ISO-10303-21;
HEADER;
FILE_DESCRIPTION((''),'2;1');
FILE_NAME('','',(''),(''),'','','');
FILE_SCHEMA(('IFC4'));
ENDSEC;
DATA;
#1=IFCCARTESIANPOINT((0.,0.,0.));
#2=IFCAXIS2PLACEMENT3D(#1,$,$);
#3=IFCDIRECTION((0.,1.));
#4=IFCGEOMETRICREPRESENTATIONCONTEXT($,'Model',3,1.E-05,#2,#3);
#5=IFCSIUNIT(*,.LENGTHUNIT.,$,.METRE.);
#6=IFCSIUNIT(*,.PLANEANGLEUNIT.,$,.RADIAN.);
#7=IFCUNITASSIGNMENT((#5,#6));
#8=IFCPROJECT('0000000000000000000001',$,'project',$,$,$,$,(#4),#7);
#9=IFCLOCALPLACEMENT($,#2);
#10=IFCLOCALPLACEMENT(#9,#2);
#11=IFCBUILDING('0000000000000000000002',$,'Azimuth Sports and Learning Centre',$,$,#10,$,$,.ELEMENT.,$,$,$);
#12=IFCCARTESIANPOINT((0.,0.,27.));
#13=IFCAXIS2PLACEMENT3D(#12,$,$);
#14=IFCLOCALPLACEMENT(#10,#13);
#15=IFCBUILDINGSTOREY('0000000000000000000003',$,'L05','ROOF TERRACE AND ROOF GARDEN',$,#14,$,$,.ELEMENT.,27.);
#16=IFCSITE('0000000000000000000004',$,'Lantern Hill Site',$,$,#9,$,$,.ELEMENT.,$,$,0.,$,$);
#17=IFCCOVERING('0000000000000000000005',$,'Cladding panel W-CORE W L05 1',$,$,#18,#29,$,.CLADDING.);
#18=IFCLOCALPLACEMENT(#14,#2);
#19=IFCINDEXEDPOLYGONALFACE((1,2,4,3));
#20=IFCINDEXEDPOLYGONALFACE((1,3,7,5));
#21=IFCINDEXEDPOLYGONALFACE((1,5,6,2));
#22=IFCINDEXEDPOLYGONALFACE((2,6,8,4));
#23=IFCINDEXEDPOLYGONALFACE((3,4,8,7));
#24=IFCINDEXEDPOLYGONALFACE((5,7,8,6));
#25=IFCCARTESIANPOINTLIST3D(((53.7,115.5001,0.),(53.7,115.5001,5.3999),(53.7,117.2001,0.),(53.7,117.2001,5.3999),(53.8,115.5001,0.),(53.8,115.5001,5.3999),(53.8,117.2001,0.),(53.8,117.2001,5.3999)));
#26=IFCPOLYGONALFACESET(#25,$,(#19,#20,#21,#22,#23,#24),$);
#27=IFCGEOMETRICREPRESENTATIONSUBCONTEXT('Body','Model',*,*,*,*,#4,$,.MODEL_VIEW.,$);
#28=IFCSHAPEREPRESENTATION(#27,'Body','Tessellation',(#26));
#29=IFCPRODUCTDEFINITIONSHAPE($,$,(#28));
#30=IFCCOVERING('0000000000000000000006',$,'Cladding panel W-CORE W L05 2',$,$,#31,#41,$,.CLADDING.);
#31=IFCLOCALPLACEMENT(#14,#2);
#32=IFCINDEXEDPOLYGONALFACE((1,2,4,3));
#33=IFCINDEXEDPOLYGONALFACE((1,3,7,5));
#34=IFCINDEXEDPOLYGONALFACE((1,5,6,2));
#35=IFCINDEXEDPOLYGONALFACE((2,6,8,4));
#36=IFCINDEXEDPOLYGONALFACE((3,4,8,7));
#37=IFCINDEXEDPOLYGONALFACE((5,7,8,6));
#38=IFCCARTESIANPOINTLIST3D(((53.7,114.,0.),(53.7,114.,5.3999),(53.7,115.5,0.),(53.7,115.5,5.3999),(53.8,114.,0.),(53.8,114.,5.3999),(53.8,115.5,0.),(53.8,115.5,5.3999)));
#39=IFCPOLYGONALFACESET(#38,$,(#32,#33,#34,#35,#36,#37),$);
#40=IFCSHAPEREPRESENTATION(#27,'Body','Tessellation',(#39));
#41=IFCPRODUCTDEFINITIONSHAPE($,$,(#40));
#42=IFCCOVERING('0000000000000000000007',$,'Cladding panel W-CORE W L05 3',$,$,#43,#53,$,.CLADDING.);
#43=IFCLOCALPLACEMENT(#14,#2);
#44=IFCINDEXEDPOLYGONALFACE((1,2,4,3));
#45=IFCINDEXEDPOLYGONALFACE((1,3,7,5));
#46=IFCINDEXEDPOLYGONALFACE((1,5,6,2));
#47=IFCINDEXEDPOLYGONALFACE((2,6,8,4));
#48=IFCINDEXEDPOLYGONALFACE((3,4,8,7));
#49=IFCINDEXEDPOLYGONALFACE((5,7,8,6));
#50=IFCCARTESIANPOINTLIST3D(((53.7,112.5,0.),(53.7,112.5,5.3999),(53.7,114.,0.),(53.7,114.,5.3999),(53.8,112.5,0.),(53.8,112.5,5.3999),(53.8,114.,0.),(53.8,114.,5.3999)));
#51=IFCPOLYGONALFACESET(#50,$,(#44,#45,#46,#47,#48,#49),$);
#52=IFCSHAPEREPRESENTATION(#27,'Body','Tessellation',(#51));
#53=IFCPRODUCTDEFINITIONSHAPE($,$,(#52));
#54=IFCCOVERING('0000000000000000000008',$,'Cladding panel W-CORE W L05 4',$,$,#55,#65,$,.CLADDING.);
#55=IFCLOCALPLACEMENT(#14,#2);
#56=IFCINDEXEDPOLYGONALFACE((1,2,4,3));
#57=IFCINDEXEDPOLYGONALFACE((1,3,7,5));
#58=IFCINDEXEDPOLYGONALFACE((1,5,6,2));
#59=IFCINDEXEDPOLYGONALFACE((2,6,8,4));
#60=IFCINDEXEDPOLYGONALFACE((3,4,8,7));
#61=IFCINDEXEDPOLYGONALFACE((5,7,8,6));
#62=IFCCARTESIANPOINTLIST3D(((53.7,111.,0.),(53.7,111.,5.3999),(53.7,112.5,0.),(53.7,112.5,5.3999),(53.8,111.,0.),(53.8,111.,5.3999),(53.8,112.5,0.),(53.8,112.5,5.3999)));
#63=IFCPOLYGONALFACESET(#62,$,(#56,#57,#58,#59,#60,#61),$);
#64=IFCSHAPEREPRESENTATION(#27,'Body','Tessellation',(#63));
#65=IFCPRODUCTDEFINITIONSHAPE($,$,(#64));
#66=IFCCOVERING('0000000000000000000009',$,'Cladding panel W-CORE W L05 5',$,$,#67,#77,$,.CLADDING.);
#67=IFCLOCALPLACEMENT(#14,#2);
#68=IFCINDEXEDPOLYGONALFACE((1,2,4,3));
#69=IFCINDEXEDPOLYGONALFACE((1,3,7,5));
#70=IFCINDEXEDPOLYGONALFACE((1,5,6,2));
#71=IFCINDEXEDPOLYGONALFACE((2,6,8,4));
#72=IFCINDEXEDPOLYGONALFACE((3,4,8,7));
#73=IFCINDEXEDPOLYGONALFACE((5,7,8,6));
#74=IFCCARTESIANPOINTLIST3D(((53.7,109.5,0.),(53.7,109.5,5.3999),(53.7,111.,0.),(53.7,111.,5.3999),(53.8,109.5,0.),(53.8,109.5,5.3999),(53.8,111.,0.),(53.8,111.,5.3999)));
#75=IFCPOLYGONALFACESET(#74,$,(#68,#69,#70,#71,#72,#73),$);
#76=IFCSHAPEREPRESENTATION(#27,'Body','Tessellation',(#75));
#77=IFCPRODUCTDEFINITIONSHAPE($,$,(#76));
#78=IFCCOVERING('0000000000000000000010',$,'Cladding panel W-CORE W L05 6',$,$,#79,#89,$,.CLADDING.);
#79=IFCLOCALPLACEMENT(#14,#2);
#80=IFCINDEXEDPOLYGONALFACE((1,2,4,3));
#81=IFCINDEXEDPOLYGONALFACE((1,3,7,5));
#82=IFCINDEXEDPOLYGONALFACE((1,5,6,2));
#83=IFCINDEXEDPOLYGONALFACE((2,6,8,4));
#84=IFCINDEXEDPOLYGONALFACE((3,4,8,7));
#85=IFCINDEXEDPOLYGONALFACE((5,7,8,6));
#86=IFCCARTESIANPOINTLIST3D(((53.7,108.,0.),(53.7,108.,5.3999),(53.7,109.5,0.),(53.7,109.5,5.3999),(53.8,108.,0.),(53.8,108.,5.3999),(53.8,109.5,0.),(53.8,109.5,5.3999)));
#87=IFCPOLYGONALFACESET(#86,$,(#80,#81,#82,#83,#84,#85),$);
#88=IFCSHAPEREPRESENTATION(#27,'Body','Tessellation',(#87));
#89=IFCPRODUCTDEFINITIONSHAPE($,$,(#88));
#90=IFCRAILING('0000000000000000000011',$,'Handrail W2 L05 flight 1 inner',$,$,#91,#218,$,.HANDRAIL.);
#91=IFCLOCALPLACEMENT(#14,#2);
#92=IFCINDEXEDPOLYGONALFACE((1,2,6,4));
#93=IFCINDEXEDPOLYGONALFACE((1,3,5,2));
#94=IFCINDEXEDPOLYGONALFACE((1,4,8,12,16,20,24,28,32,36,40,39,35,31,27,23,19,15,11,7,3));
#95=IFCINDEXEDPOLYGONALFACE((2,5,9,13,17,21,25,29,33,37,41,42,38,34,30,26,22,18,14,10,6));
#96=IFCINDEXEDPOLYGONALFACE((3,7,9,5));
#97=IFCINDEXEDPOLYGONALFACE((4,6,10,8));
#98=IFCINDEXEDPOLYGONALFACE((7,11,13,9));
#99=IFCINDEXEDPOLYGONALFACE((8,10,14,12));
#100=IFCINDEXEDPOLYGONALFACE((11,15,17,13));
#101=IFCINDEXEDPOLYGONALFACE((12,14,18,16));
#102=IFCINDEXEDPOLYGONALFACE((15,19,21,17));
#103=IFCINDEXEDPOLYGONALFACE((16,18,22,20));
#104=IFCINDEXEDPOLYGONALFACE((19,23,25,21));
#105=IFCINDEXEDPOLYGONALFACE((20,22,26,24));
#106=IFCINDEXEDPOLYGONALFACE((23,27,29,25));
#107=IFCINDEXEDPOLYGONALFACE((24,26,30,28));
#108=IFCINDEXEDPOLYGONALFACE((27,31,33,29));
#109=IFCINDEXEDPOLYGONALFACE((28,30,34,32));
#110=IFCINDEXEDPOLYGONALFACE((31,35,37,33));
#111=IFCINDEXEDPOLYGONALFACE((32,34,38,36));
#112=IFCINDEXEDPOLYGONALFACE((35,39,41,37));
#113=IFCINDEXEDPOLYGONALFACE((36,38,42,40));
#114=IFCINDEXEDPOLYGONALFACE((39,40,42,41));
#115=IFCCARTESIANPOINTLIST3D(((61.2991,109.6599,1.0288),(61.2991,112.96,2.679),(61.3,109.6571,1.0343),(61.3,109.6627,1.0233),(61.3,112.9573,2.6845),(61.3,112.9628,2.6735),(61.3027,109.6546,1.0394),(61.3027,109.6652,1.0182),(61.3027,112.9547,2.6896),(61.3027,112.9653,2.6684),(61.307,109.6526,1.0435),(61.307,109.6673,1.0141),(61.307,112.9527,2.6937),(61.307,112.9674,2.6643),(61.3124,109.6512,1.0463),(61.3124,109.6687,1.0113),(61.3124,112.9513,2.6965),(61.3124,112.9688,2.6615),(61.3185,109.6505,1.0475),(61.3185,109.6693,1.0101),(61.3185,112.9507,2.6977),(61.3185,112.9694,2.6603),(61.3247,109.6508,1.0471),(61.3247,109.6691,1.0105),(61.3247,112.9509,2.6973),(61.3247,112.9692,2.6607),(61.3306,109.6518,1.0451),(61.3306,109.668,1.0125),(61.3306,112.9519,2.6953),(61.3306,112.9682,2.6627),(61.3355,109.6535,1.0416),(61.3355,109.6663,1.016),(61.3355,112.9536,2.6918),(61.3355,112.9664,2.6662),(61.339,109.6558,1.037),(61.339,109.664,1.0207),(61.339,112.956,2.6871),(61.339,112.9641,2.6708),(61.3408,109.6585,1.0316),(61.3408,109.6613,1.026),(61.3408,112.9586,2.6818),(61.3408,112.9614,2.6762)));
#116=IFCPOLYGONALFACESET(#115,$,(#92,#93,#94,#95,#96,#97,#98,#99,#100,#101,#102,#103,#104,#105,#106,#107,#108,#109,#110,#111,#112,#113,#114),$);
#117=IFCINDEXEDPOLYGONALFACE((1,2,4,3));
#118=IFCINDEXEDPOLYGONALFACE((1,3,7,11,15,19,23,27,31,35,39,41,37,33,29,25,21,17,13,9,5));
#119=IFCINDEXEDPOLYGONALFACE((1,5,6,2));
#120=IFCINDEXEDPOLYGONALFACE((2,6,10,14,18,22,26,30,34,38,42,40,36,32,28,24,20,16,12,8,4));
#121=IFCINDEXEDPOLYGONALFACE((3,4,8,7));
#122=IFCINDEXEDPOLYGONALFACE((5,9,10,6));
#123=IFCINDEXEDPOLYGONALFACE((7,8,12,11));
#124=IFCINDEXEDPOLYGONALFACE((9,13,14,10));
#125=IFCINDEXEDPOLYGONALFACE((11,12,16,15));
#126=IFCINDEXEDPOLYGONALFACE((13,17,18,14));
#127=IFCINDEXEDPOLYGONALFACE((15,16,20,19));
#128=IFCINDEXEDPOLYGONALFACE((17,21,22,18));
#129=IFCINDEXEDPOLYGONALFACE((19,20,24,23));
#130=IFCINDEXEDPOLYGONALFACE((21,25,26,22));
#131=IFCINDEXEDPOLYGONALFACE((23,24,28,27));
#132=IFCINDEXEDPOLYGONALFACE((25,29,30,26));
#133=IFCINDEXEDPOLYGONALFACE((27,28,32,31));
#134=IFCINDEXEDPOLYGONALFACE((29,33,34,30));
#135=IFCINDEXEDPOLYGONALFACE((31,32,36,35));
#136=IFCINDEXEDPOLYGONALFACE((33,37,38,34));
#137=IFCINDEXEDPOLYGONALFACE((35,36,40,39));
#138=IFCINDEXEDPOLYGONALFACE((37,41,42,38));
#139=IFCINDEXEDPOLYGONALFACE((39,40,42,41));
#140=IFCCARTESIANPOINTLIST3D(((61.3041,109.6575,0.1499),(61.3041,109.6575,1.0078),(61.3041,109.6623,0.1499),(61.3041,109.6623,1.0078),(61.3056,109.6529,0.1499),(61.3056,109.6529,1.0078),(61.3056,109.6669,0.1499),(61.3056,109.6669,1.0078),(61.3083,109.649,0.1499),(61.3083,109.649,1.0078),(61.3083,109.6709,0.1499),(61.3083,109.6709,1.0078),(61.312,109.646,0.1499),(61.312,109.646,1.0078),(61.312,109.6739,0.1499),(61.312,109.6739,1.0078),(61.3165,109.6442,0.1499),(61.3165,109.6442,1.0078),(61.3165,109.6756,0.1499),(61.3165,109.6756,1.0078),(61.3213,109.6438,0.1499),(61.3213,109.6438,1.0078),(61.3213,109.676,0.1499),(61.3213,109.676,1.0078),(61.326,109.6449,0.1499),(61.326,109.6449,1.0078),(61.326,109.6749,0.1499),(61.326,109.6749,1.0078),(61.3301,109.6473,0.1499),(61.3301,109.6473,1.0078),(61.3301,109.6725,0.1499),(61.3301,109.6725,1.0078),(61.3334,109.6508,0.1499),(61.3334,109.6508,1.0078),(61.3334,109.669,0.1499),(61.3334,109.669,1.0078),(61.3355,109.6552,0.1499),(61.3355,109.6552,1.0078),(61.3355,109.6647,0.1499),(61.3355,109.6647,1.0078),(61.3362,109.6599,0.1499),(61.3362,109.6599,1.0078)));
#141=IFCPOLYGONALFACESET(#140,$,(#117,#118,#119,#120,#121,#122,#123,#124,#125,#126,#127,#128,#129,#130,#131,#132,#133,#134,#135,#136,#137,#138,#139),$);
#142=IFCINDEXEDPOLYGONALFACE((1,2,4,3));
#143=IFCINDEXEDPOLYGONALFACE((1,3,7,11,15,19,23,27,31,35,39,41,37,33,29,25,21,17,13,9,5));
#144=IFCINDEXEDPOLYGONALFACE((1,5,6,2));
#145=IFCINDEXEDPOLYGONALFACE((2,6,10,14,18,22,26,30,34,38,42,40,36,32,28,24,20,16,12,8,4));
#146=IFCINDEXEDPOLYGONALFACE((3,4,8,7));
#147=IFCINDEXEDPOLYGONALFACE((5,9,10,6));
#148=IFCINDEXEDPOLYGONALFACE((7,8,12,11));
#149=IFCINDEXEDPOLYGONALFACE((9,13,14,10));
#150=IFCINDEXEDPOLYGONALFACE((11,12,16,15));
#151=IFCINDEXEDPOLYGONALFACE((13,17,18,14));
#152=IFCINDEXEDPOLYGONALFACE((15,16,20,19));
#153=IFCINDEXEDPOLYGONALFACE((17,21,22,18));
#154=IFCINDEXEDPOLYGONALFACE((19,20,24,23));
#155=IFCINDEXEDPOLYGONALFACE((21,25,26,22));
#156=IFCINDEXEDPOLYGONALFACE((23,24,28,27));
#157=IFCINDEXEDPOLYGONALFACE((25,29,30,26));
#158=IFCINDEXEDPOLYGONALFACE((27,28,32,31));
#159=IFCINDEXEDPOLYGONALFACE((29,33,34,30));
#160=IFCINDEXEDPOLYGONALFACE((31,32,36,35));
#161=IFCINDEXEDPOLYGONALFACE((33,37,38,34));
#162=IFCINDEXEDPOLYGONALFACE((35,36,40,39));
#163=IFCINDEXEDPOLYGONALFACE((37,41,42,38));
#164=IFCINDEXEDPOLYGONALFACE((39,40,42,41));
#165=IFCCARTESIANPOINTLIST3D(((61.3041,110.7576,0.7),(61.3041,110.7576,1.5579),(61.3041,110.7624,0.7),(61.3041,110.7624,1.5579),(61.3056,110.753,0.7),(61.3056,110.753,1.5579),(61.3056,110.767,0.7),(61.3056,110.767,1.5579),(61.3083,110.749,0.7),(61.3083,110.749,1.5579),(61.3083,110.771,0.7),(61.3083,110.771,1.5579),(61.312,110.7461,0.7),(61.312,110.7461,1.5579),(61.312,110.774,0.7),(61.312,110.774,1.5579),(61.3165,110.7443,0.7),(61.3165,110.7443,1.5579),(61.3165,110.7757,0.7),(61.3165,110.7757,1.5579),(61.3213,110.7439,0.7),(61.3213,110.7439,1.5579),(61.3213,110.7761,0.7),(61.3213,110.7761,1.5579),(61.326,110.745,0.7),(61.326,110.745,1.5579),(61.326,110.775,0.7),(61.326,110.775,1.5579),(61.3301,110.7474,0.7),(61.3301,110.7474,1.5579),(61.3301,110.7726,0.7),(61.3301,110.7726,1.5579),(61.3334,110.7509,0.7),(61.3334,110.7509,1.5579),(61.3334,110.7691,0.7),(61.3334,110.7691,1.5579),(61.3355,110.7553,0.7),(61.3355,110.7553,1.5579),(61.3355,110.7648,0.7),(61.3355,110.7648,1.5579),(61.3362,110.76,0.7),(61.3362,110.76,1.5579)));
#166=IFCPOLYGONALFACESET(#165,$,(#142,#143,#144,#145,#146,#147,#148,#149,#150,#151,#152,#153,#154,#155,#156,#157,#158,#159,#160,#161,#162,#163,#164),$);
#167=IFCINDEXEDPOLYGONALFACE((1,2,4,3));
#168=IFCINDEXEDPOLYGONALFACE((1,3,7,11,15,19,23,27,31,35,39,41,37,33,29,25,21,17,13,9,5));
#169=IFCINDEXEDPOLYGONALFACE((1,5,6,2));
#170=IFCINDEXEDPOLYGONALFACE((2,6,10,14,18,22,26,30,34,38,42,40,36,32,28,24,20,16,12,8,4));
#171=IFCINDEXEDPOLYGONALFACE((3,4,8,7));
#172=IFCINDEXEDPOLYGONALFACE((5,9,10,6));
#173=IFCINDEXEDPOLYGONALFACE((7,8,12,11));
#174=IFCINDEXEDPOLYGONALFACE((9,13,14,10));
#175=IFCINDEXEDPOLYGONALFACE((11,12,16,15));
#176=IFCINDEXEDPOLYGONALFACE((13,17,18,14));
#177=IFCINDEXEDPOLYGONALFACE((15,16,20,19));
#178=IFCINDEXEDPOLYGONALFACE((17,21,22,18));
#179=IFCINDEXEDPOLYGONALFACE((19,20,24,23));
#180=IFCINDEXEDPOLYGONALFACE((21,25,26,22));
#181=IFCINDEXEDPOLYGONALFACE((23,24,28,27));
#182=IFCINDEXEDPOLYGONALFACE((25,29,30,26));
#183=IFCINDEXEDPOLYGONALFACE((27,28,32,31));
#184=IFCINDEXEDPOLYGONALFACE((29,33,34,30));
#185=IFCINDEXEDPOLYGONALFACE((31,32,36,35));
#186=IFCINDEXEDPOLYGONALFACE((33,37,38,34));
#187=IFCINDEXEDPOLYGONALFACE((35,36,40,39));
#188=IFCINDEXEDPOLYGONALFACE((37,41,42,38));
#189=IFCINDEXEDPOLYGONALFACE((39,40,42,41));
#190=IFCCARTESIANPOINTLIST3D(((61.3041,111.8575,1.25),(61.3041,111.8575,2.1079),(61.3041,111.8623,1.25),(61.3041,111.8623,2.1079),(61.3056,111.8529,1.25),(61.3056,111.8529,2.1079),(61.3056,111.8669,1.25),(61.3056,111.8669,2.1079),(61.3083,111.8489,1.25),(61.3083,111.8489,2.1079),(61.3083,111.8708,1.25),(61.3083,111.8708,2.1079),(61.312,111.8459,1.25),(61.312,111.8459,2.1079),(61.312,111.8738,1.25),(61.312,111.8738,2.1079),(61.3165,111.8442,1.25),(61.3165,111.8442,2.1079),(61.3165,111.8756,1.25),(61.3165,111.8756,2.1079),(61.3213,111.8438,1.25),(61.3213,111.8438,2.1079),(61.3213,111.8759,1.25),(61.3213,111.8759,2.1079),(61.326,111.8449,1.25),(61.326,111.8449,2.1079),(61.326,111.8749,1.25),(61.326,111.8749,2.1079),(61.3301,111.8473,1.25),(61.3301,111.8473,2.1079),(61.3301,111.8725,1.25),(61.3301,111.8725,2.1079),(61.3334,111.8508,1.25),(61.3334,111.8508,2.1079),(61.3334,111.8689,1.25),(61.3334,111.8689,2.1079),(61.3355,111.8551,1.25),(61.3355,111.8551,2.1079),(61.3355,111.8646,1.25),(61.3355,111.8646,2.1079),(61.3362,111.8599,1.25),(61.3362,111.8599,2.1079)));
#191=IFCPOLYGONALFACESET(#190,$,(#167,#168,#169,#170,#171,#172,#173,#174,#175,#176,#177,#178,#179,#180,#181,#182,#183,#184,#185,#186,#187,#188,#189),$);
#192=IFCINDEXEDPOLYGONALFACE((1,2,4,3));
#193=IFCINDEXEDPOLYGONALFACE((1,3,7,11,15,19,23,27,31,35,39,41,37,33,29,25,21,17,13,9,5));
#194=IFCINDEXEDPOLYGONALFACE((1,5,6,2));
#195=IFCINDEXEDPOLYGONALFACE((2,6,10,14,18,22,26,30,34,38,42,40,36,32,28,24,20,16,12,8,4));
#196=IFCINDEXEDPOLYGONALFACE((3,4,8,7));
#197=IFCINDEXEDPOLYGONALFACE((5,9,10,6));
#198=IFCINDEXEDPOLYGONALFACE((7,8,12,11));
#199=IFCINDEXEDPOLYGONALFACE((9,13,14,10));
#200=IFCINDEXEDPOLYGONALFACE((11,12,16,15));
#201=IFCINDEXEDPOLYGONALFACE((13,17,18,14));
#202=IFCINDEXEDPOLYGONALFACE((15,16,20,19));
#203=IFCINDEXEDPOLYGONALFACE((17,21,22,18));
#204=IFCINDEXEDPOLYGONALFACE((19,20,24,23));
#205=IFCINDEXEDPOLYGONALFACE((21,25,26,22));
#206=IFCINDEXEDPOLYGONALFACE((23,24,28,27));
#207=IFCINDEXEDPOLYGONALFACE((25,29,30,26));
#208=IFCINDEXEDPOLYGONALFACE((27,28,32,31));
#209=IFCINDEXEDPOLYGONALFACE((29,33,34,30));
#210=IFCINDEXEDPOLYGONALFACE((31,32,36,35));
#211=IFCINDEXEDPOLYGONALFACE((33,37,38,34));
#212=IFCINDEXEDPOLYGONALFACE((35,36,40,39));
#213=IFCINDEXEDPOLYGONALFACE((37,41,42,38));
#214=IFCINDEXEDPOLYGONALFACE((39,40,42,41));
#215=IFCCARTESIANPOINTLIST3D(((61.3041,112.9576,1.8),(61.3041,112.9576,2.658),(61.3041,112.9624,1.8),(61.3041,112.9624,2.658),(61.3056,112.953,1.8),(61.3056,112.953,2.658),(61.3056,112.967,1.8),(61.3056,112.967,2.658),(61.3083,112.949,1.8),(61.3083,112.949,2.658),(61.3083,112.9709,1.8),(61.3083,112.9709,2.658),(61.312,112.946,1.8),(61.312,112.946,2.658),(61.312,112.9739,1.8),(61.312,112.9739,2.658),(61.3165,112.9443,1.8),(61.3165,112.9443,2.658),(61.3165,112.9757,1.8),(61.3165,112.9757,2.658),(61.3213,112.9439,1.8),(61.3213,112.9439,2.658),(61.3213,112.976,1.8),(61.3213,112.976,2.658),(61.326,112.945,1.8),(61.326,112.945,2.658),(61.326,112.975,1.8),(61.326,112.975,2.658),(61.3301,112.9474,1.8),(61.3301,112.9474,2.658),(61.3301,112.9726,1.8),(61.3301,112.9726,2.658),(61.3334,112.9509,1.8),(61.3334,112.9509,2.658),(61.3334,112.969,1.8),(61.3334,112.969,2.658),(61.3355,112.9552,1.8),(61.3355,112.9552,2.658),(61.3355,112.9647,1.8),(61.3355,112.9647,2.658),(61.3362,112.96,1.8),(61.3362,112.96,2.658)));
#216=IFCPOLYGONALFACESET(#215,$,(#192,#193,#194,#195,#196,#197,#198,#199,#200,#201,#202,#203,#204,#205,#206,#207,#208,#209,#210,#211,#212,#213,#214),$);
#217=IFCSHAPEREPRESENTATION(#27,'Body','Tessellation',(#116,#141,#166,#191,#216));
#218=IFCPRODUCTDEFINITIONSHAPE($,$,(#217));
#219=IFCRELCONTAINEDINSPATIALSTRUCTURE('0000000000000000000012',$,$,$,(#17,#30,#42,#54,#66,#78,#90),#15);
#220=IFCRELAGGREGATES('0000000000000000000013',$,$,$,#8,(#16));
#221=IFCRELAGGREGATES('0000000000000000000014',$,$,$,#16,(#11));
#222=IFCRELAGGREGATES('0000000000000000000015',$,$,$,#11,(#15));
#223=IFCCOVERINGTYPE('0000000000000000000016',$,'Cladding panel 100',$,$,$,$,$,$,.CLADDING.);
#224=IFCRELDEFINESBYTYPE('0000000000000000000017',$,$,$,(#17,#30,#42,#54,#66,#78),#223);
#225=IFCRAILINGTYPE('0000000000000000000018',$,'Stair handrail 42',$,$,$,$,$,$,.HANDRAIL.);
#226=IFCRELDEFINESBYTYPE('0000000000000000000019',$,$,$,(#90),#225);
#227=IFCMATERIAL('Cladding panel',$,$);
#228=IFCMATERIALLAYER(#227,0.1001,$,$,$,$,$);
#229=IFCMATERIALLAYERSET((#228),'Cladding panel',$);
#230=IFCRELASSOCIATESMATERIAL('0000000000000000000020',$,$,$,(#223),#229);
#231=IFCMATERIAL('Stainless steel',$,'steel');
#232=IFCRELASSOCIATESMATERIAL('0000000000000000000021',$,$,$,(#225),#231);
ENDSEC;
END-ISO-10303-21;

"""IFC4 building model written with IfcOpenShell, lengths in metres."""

from ifc_helpers import new_model, si_unit, direction, frame, origin, origin_2d, place, context, subcontext, project, spatial, rectangle, circle, extrude, material, layer, layer_set, type_object, element, save


model = new_model("IFC4")

# Units and contexts
model_context = context("Model", 3, precision=1e-05, world=origin(), true_north=direction((0.0, 1.0)))
body_context = subcontext(model_context, "Body", "Model", "MODEL_VIEW")
ifc_project = project(units=[si_unit("LENGTHUNIT", "METRE"), si_unit("PLANEANGLEUNIT", "RADIAN")], contexts=[model_context])

# Site, building, storey
site_placement = place(None, origin())
site = spatial("IfcSite", under=ifc_project, at=site_placement, Name="Lantern Hill Site", CompositionType="ELEMENT", RefElevation=0.0)
building_placement = place(site_placement, origin())
building = spatial("IfcBuilding", under=site, at=building_placement, Name="Azimuth Sports and Learning Centre", CompositionType="ELEMENT")
storey_placement = place(building_placement, frame((0.0, 0.0, 27.0)))
storey = spatial("IfcBuildingStorey", under=building, at=storey_placement, Name="L05", Description="ROOF TERRACE AND ROOF GARDEN", CompositionType="ELEMENT", Elevation=27.0)

# Coverings
ifc_material_1 = material(Name="Cladding panel")
ifc_layer_1 = layer(ifc_material_1, 0.1001)
ifc_layer_set_1 = layer_set([ifc_layer_1], Name="Cladding panel")
covering_type = type_object("IfcCoveringType", Name="Cladding panel 100", PredefinedType="CLADDING", material=ifc_layer_set_1)
for number, where, z_axis, x_axis, name in (
    (1, (53.75, 116.3501, 0.0), (0.0, 0.0, 1.0), (0.0, -1.0, 0.0), "Cladding panel W-CORE W L05 1"),
):
    element("IfcCovering", number, at=place(storey_placement, frame(where, z_axis=z_axis, x_axis=x_axis)), inside=storey, type_object=covering_type, Name=name, PredefinedType="CLADDING", context=body_context, shape_type="SweptSolid", body=[
        extrude(rectangle(XDim=1.7, YDim=0.1001, at=origin_2d()), origin(), (0.0, 0.0, 1.0), 5.3999),
    ])
for number, where, z_axis, x_axis, name in (
    (2, (53.75, 114.75, 0.0), (0.0, 0.0, 1.0), (0.0, -1.0, 0.0), "Cladding panel W-CORE W L05 2"),
    (3, (53.75, 113.25, 0.0), (0.0, 0.0, 1.0), (0.0, -1.0, 0.0), "Cladding panel W-CORE W L05 3"),
    (4, (53.75, 111.75, 0.0), (0.0, 0.0, 1.0), (0.0, -1.0, 0.0), "Cladding panel W-CORE W L05 4"),
    (5, (53.75, 110.25, 0.0), (0.0, 0.0, 1.0), (0.0, -1.0, 0.0), "Cladding panel W-CORE W L05 5"),
    (6, (53.75, 108.75, 0.0), (0.0, 0.0, 1.0), (0.0, -1.0, 0.0), "Cladding panel W-CORE W L05 6"),
):
    element("IfcCovering", number, at=place(storey_placement, frame(where, z_axis=z_axis, x_axis=x_axis)), inside=storey, type_object=covering_type, Name=name, PredefinedType="CLADDING", context=body_context, shape_type="SweptSolid", body=[
        extrude(rectangle(XDim=1.5, YDim=0.1001, at=origin_2d()), origin(), (0.0, 0.0, 1.0), 5.3999),
    ])

# Railing
ifc_material_2 = material(Name="Stainless steel", Category="steel")
railing_type_1 = type_object("IfcRailingType", Name="Stair handrail 42", PredefinedType="HANDRAIL", material=ifc_material_2)
railing_1_placement = place(storey_placement, frame((61.3201, 109.6599, 0.1499)))
element("IfcRailing", 7, at=railing_1_placement, inside=storey, type_object=railing_type_1, Name="Handrail W2 L05 flight 1 inner", PredefinedType="HANDRAIL", context=body_context, shape_type="SweptSolid", body=[
    extrude(circle(Radius=0.021, at=origin_2d()), frame((0.0, 0.0, 0.8789), z_axis=(0.0, 0.894414, 0.44724), x_axis=(-1.0, 0.0, 0.0)), (0.0, 0.0, 1.0), 3.6897),
    extrude(circle(Radius=0.0161, at=origin_2d()), origin(), (0.0, 0.0, 1.0), 0.8579),
    extrude(circle(Radius=0.0161, at=origin_2d()), frame((0.0, 1.1001, 0.55)), (0.0, 0.0, 1.0), 0.8579),
    extrude(circle(Radius=0.0161, at=origin_2d()), frame((0.0, 2.2, 1.1001)), (0.0, 0.0, 1.0), 0.8579),
    extrude(circle(Radius=0.0161, at=origin_2d()), frame((0.0, 3.3, 1.6501)), (0.0, 0.0, 1.0), 0.8579),
])

save(model, "model.ifc")
